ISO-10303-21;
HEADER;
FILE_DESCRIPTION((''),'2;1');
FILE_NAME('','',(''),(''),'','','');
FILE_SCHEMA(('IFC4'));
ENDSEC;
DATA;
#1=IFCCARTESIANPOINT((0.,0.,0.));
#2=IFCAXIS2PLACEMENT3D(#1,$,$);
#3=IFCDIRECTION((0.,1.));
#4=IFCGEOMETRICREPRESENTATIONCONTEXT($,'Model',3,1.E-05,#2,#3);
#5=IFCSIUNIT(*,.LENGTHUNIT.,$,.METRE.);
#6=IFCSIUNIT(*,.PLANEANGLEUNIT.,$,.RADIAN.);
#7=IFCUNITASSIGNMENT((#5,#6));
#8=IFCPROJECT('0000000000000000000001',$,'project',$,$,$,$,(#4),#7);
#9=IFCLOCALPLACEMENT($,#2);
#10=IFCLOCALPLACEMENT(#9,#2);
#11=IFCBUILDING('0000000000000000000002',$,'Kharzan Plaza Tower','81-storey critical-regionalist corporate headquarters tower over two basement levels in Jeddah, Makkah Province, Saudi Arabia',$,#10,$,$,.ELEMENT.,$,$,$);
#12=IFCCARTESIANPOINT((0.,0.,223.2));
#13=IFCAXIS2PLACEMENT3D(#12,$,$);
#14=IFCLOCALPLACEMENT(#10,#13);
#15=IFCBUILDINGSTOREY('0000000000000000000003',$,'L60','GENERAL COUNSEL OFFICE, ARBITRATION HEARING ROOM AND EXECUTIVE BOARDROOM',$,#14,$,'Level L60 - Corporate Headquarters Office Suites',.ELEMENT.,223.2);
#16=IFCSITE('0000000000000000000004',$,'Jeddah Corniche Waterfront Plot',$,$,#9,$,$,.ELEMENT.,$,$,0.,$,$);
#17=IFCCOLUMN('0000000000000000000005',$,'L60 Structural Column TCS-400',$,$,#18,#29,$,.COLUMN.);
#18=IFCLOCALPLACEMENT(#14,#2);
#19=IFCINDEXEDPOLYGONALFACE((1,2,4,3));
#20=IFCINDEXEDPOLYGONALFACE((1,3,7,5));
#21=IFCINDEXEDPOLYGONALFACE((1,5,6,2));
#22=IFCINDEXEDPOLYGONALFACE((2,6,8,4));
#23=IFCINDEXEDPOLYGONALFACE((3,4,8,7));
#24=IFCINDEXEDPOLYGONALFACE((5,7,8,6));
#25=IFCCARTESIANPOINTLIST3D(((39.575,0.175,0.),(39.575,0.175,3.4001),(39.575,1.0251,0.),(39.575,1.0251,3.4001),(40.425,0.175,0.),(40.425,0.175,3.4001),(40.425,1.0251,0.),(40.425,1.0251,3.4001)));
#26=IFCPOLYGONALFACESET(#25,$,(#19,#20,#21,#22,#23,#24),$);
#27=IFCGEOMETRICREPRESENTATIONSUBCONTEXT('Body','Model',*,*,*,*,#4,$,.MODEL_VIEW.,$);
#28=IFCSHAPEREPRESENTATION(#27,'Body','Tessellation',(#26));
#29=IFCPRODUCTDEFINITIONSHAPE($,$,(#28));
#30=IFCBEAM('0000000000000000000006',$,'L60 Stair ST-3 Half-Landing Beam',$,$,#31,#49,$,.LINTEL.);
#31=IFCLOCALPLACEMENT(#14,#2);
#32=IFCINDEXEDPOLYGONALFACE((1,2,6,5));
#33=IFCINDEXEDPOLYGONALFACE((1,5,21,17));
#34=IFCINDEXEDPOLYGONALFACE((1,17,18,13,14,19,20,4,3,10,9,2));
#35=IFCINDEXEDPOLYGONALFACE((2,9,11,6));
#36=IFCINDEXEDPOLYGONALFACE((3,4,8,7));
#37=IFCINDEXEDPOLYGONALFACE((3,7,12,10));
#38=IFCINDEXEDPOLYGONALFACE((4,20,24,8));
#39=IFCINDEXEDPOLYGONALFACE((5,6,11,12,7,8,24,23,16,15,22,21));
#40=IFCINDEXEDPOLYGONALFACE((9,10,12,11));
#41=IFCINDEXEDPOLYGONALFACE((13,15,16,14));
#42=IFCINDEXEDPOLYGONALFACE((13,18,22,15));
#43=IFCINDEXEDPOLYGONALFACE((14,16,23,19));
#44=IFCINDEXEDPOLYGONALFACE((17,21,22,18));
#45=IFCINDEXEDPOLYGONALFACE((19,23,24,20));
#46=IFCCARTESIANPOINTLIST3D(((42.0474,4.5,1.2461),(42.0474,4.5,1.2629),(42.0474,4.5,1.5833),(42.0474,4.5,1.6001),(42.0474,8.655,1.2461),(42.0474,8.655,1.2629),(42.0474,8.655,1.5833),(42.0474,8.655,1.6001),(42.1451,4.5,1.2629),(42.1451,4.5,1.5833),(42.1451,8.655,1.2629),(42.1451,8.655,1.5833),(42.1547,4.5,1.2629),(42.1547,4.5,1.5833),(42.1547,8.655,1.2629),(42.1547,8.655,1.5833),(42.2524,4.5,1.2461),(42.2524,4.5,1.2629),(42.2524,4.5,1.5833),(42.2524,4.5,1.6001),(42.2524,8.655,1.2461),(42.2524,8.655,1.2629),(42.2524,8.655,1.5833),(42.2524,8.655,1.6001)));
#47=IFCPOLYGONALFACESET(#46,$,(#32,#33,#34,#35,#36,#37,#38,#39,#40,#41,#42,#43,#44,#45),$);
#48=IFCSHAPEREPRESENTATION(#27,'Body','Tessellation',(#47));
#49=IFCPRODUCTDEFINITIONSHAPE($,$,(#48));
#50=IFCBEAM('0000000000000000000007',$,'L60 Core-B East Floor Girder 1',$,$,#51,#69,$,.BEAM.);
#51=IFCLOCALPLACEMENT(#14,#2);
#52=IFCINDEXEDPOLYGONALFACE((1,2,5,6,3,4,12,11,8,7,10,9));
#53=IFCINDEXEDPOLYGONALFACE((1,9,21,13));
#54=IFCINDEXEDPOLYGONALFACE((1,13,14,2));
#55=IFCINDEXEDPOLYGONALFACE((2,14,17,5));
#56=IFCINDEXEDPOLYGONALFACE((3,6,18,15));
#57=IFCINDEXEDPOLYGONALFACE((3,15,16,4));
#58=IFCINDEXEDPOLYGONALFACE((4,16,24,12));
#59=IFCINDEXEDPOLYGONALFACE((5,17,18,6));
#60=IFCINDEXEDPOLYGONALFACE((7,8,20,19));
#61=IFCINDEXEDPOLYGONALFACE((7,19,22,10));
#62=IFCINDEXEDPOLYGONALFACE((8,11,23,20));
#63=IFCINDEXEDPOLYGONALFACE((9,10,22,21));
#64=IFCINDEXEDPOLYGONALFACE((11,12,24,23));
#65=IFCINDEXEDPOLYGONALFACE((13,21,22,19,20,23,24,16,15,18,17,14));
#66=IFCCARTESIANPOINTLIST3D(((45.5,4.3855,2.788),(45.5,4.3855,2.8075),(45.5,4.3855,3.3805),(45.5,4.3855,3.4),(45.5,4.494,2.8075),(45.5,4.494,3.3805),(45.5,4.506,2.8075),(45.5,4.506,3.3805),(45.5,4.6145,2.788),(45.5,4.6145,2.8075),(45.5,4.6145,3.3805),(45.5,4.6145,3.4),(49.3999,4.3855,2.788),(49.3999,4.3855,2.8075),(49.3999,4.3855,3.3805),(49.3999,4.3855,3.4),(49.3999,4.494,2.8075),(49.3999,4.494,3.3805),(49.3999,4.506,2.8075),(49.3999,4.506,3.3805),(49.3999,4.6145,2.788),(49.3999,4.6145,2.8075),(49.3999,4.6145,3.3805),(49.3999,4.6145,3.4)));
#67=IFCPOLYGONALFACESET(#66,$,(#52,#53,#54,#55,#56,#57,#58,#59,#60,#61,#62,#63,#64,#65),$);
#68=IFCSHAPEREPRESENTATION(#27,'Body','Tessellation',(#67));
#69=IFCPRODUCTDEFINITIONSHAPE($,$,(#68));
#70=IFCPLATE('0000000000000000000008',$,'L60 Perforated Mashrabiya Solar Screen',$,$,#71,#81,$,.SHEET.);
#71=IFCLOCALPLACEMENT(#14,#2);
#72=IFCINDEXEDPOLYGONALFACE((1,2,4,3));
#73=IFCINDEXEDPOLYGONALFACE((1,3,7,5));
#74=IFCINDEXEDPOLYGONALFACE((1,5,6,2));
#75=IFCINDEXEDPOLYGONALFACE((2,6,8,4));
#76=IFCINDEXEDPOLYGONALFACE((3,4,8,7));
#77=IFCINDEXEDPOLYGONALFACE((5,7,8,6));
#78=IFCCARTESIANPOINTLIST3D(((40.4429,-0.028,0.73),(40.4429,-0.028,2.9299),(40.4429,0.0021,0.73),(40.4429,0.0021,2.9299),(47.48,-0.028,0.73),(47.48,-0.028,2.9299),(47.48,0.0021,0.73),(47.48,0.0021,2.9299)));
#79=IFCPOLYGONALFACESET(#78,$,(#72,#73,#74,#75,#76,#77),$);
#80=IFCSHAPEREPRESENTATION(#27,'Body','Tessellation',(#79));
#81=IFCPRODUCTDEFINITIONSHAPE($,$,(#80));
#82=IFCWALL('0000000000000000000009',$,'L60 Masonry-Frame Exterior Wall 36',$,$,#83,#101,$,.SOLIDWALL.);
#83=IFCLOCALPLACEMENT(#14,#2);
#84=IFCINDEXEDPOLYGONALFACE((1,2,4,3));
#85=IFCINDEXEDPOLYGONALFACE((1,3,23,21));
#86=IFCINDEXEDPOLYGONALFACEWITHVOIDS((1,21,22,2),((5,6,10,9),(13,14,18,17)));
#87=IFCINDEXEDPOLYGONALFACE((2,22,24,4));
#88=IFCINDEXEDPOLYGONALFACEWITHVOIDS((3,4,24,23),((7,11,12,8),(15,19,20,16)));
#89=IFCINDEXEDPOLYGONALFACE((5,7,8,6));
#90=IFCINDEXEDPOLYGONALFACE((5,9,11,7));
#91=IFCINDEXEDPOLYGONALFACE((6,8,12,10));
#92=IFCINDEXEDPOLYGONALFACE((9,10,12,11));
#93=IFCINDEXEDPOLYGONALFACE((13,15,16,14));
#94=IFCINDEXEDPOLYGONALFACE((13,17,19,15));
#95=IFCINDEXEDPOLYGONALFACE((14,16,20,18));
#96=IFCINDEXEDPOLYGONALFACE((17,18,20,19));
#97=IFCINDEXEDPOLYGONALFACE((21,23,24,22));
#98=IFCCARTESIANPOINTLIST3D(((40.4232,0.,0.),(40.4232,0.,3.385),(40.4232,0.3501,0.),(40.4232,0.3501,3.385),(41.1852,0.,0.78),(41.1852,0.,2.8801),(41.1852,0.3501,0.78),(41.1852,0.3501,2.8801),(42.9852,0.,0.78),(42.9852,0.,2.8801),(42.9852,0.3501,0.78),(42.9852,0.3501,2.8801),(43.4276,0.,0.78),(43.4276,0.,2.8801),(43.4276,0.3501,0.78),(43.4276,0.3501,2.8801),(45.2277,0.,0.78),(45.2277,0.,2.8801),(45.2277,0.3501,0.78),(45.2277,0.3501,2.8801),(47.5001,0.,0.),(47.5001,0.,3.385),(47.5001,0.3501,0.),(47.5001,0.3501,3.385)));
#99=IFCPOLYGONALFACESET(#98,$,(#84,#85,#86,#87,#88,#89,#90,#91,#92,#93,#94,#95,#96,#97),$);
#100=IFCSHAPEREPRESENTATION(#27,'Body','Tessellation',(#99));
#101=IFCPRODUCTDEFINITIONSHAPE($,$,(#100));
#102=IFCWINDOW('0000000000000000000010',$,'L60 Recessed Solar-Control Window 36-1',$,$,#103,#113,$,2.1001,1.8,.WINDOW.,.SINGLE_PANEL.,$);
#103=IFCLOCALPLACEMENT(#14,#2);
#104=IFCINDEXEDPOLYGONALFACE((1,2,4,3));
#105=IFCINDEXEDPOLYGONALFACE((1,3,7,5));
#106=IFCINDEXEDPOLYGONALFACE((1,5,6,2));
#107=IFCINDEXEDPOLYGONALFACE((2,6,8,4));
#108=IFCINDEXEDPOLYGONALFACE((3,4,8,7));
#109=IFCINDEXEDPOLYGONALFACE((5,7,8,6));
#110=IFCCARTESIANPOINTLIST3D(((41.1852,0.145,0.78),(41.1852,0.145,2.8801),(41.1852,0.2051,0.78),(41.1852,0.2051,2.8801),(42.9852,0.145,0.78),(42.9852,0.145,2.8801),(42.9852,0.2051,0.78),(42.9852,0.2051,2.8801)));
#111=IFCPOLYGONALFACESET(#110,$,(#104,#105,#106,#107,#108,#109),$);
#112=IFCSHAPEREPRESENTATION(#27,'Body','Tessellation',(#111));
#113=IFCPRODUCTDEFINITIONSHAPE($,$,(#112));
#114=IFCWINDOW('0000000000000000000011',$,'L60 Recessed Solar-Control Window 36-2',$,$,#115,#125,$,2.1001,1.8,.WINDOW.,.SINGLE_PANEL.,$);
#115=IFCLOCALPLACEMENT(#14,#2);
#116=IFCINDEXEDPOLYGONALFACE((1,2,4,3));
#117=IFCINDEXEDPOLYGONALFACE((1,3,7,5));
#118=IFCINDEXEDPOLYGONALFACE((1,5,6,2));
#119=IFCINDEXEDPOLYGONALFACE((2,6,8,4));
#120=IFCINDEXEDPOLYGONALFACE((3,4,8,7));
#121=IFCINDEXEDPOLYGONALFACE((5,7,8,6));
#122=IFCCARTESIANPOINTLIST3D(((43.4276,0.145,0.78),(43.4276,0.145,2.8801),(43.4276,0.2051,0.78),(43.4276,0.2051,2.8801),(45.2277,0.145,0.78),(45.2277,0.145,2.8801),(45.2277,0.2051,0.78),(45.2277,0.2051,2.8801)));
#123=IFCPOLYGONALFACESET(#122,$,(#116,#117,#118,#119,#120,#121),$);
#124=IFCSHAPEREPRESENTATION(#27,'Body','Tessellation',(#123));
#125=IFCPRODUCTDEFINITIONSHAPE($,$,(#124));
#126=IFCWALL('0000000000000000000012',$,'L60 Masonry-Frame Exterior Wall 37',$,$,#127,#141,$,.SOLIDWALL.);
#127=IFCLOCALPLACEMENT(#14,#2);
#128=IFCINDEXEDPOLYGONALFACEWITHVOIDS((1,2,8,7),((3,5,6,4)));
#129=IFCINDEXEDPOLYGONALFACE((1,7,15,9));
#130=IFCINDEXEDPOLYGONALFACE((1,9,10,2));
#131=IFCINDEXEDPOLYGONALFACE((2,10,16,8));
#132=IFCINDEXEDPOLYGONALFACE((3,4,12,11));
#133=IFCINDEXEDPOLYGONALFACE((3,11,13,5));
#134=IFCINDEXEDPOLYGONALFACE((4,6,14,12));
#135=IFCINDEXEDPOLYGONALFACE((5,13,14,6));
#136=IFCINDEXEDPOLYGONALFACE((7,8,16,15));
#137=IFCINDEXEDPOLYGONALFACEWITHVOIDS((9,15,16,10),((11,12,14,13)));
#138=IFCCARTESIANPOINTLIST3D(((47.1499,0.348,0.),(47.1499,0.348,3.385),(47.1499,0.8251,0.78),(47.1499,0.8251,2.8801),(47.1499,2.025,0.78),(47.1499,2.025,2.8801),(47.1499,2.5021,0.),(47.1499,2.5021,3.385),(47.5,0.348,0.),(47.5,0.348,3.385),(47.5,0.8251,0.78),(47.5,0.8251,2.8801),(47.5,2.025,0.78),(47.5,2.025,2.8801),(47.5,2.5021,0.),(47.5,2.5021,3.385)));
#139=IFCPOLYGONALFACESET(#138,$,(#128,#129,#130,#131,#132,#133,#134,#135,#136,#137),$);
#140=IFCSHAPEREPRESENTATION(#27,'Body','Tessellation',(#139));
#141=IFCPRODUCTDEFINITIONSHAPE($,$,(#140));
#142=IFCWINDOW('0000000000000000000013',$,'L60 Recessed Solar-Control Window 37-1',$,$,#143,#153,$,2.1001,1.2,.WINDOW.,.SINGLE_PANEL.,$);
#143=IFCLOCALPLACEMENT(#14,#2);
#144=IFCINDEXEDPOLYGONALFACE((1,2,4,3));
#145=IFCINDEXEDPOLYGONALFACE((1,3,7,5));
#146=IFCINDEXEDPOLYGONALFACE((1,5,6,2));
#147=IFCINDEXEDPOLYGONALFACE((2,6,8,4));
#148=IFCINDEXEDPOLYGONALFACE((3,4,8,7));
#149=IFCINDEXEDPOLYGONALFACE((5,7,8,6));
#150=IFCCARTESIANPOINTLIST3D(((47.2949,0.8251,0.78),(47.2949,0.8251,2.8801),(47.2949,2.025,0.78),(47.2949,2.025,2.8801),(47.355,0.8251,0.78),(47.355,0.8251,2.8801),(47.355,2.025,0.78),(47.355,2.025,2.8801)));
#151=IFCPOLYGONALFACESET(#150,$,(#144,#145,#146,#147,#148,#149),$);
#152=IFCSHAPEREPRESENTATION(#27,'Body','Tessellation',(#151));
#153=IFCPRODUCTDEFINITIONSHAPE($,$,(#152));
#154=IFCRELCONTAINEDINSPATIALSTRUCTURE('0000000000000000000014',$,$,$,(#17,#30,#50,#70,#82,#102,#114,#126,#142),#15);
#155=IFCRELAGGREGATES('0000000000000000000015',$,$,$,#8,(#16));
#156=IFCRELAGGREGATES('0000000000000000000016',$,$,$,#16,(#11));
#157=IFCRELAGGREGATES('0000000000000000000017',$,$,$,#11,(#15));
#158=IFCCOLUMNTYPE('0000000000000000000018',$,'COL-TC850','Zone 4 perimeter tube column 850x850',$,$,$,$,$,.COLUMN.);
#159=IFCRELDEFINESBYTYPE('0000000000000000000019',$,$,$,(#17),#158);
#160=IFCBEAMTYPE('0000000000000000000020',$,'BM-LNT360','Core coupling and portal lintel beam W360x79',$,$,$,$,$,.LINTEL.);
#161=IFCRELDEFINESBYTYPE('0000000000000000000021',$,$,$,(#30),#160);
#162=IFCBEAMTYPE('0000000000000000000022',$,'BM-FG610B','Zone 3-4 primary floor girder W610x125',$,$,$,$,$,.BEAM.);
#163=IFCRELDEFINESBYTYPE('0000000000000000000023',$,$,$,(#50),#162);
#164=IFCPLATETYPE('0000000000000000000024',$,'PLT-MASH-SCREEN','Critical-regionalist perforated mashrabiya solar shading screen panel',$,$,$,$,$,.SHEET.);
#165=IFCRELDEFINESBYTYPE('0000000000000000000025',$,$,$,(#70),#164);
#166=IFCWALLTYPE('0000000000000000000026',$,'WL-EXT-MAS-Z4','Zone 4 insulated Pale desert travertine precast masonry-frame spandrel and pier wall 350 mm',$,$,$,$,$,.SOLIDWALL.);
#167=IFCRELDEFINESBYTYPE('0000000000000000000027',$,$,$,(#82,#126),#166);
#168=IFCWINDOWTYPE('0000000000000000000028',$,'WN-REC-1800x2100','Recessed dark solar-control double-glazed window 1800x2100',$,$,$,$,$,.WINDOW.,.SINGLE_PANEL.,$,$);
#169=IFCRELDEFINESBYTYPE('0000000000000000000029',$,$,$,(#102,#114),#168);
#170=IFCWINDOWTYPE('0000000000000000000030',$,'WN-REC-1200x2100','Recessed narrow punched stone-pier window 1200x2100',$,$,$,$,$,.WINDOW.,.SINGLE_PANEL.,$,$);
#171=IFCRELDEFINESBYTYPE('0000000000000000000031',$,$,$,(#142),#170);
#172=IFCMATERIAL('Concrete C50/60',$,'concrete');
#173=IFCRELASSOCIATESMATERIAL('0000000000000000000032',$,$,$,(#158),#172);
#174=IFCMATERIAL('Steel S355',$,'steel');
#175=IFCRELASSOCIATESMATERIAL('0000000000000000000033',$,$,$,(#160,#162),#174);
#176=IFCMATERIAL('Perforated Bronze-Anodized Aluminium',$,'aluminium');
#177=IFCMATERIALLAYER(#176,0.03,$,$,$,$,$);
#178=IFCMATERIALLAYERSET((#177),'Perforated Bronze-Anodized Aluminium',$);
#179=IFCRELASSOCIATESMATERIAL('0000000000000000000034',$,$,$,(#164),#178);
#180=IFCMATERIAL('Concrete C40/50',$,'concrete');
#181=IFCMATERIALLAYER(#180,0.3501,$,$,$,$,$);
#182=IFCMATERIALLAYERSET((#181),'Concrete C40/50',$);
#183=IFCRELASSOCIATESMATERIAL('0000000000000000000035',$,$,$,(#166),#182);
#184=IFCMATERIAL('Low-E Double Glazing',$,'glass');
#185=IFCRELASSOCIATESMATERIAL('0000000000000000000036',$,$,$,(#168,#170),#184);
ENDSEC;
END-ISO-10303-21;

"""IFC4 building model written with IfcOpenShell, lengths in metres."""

from ifc_helpers import new_model, si_unit, direction, frame, frame_2d, origin, origin_2d, place, context, subcontext, project, spatial, rectangle, i_section, extrude, source, transform, mapped, material, layer, layer_set, material_profile, profile_set, type_object, element, fill, save


model = new_model("IFC4")

# Units and contexts
model_context = context("Model", 3, precision=1e-05, world=origin(), true_north=direction((0.0, 1.0)))
body_context = subcontext(model_context, "Body", "Model", "MODEL_VIEW")
ifc_project = project(units=[si_unit("LENGTHUNIT", "METRE"), si_unit("PLANEANGLEUNIT", "RADIAN")], contexts=[model_context])

# Site, building, storey
site_placement = place(None, origin())
site = spatial("IfcSite", under=ifc_project, at=site_placement, Name="Jeddah Corniche Waterfront Plot", CompositionType="ELEMENT", RefElevation=0.0)
building_placement = place(site_placement, origin())
building = spatial("IfcBuilding", under=site, at=building_placement, Name="Kharzan Plaza Tower", Description="81-storey critical-regionalist corporate headquarters tower over two basement levels in Jeddah, Makkah Province, Saudi Arabia", CompositionType="ELEMENT")
storey_placement = place(building_placement, frame((0.0, 0.0, 223.2)))
storey = spatial("IfcBuildingStorey", under=building, at=storey_placement, Name="L60", Description="GENERAL COUNSEL OFFICE, ARBITRATION HEARING ROOM AND EXECUTIVE BOARDROOM", LongName="Level L60 - Corporate Headquarters Office Suites", CompositionType="ELEMENT", Elevation=223.2)

# Column
ifc_material_1 = material(Name="Concrete C50/60", Category="concrete")
ifc_material_profile_1 = material_profile(ifc_material_1, rectangle(XDim=0.8501, YDim=0.8501, at=origin_2d()), Name="RC-TC850x850")
ifc_profile_set_1 = profile_set([ifc_material_profile_1], Name="Concrete C50/60")
column_type = type_object("IfcColumnType", Name="COL-TC850", Description="Zone 4 perimeter tube column 850x850", PredefinedType="COLUMN", material=ifc_profile_set_1)
shared_shape_1 = source(origin(), body_context, "Body", "SweptSolid", [
    extrude(rectangle(XDim=0.8501, YDim=0.8501, at=origin_2d()), origin(), (0.0, 0.0, 1.0), 3.4001),
])
column_placement = place(storey_placement, frame((40.0, 0.6001, 0.0), z_axis=(0.0, 0.0, 1.0), x_axis=(1.0, 0.0, 0.0)))
element("IfcColumn", 1, at=column_placement, inside=storey, type_object=column_type, Name="L60 Structural Column TCS-400", PredefinedType="COLUMN", context=body_context, shape_type="MappedRepresentation", body=[
    mapped(shared_shape_1, transform((0.0, 0.0, 0.0), x_axis=(1.0, 0.0, 0.0), y_axis=(0.0, 1.0, 0.0), z_axis=(0.0, 0.0, 1.0))),
])

# Beams
ifc_material_2 = material(Name="Steel S355", Category="steel")
ifc_material_profile_2 = material_profile(ifc_material_2, i_section(OverallWidth=0.2051, OverallDepth=0.354, WebThickness=0.0095, FlangeThickness=0.0168, at=origin_2d()), Name="W360x79")
ifc_profile_set_2 = profile_set([ifc_material_profile_2], Name="Steel S355")
beam_type_1 = type_object("IfcBeamType", Name="BM-LNT360", Description="Core coupling and portal lintel beam W360x79", PredefinedType="LINTEL", material=ifc_profile_set_2)
shared_shape_2 = source(origin(), body_context, "Body", "SweptSolid", [
    extrude(i_section(OverallWidth=0.2051, OverallDepth=0.354, WebThickness=0.0095, FlangeThickness=0.0168, at=origin_2d()), origin(), (0.0, 0.0, 1.0), 4.155),
])
beam_1_placement = place(storey_placement, frame((42.1499, 4.5, 1.4231), z_axis=(0.0, 1.0, 0.0), x_axis=(-1.0, 0.0, 0.0)))
element("IfcBeam", 2, at=beam_1_placement, inside=storey, type_object=beam_type_1, Name="L60 Stair ST-3 Half-Landing Beam", PredefinedType="LINTEL", context=body_context, shape_type="MappedRepresentation", body=[
    mapped(shared_shape_2, transform((0.0, 0.0, 0.0), x_axis=(1.0, 0.0, 0.0), y_axis=(0.0, 1.0, 0.0), z_axis=(0.0, 0.0, 1.0))),
])
ifc_material_profile_3 = material_profile(ifc_material_2, i_section(OverallWidth=0.229, OverallDepth=0.6121, WebThickness=0.012, FlangeThickness=0.0195, at=origin_2d()), Name="W610x125")
ifc_profile_set_3 = profile_set([ifc_material_profile_3], Name="Steel S355")
beam_type_2 = type_object("IfcBeamType", Name="BM-FG610B", Description="Zone 3-4 primary floor girder W610x125", PredefinedType="BEAM", material=ifc_profile_set_3)
shared_shape_3 = source(origin(), body_context, "Body", "SweptSolid", [
    extrude(i_section(OverallWidth=0.229, OverallDepth=0.6121, WebThickness=0.012, FlangeThickness=0.0195, at=origin_2d()), origin(), (0.0, 0.0, 1.0), 3.8999),
])
beam_2_placement = place(storey_placement, frame((45.5, 4.5, 3.094), z_axis=(1.0, 0.0, 0.0), x_axis=(0.0, 1.0, 0.0)))
element("IfcBeam", 3, at=beam_2_placement, inside=storey, type_object=beam_type_2, Name="L60 Core-B East Floor Girder 1", PredefinedType="BEAM", context=body_context, shape_type="MappedRepresentation", body=[
    mapped(shared_shape_3, transform((0.0, 0.0, 0.0), x_axis=(1.0, 0.0, 0.0), y_axis=(0.0, 1.0, 0.0), z_axis=(0.0, 0.0, 1.0))),
])

# Plate
ifc_material_3 = material(Name="Perforated Bronze-Anodized Aluminium", Category="aluminium")
ifc_layer_1 = layer(ifc_material_3, 0.03)
ifc_layer_set_1 = layer_set([ifc_layer_1], Name="Perforated Bronze-Anodized Aluminium")
plate_type = type_object("IfcPlateType", Name="PLT-MASH-SCREEN", Description="Critical-regionalist perforated mashrabiya solar shading screen panel", PredefinedType="SHEET", material=ifc_layer_set_1)
shared_shape_4 = source(origin(), body_context, "Body", "SweptSolid", [
    extrude(rectangle(XDim=7.0371, YDim=0.03, at=origin_2d()), origin(), (0.0, 0.0, 1.0), 2.2),
])
plate_placement = place(storey_placement, frame((43.9614, -0.0129, 0.73), z_axis=(0.0, 0.0, 1.0), x_axis=(1.0, 0.0, 0.0)))
element("IfcPlate", 4, at=plate_placement, inside=storey, type_object=plate_type, Name="L60 Perforated Mashrabiya Solar Screen", PredefinedType="SHEET", context=body_context, shape_type="MappedRepresentation", body=[
    mapped(shared_shape_4, transform((0.0, 0.0, 0.0), x_axis=(1.0, 0.0, 0.0), y_axis=(0.0, 1.0, 0.0), z_axis=(0.0, 0.0, 1.0))),
])

# Wall, openings, windows
ifc_material_4 = material(Name="Concrete C40/50", Category="concrete")
ifc_layer_2 = layer(ifc_material_4, 0.3501)
ifc_layer_set_2 = layer_set([ifc_layer_2], Name="Concrete C40/50")
wall_type_1 = type_object("IfcWallType", Name="WL-EXT-MAS-Z4", Description="Zone 4 insulated Pale desert travertine precast masonry-frame spandrel and pier wall 350 mm", PredefinedType="SOLIDWALL", material=ifc_layer_set_2)
wall_1_placement = place(storey_placement, frame((40.4231, 0.175, 0.0), z_axis=(0.0, 0.0, 1.0), x_axis=(1.0, 0.0, 0.0)))
wall_1 = element("IfcWall", 5, at=wall_1_placement, inside=storey, type_object=wall_type_1, Name="L60 Masonry-Frame Exterior Wall 36", PredefinedType="SOLIDWALL", context=body_context, shape_type="SweptSolid", body=[
    extrude(rectangle(XDim=7.0769, YDim=0.3501, at=frame_2d((3.5386, 0.0))), origin(), (0.0, 0.0, 1.0), 3.385),
])
opening_1_placement = place(wall_1_placement, frame((0.7622, 0.0, 0.78)))
opening_1 = element("IfcOpeningElement", 6, at=opening_1_placement, cuts=wall_1, PredefinedType="OPENING", context=body_context, shape_type="SweptSolid", body=[
    extrude(rectangle(XDim=1.8, YDim=2.1001, at=frame_2d((0.8999, 1.05))), frame((0.0, 0.1851, 0.0), z_axis=(0.0, -1.0, 0.0), x_axis=(1.0, 0.0, 0.0)), (0.0, 0.0, 1.0), 0.3701),
])
opening_2_placement = place(wall_1_placement, frame((3.0046, 0.0, 0.78)))
opening_2 = element("IfcOpeningElement", 7, at=opening_2_placement, cuts=wall_1, PredefinedType="OPENING", context=body_context, shape_type="SweptSolid", body=[
    extrude(rectangle(XDim=1.8, YDim=2.1001, at=frame_2d((0.8999, 1.05))), frame((0.0, 0.1851, 0.0), z_axis=(0.0, -1.0, 0.0), x_axis=(1.0, 0.0, 0.0)), (0.0, 0.0, 1.0), 0.3701),
])
ifc_material_5 = material(Name="Low-E Double Glazing", Category="glass")
window_type_1 = type_object("IfcWindowType", Name="WN-REC-1800x2100", Description="Recessed dark solar-control double-glazed window 1800x2100", PartitioningType="SINGLE_PANEL", PredefinedType="WINDOW", material=ifc_material_5)
shared_shape_5 = source(origin(), body_context, "Body", "SweptSolid", [
    extrude(rectangle(XDim=1.8, YDim=2.1001, at=frame_2d((0.8999, 1.05))), frame((0.0, 0.03, 0.0), z_axis=(0.0, -1.0, 0.0), x_axis=(1.0, 0.0, 0.0)), (0.0, 0.0, 1.0), 0.0601),
])
window_1_placement = place(opening_1_placement, origin())
window_1 = element("IfcWindow", 8, at=window_1_placement, inside=storey, type_object=window_type_1, Name="L60 Recessed Solar-Control Window 36-1", OverallHeight=2.1001, OverallWidth=1.8, PartitioningType="SINGLE_PANEL", PredefinedType="WINDOW", context=body_context, shape_type="MappedRepresentation", body=[
    mapped(shared_shape_5, transform((0.0, 0.0, 0.0), x_axis=(1.0, 0.0, 0.0), y_axis=(0.0, 1.0, 0.0), z_axis=(0.0, 0.0, 1.0))),
])
fill(opening_1, window_1)
window_2_placement = place(opening_2_placement, origin())
window_2 = element("IfcWindow", 9, at=window_2_placement, inside=storey, type_object=window_type_1, Name="L60 Recessed Solar-Control Window 36-2", OverallHeight=2.1001, OverallWidth=1.8, PartitioningType="SINGLE_PANEL", PredefinedType="WINDOW", context=body_context, shape_type="MappedRepresentation", body=[
    mapped(shared_shape_5, transform((0.0, 0.0, 0.0), x_axis=(1.0, 0.0, 0.0), y_axis=(0.0, 1.0, 0.0), z_axis=(0.0, 0.0, 1.0))),
])
fill(opening_2, window_2)

# Wall, opening, window
wall_2_placement = place(storey_placement, frame((47.325, 0.3479, 0.0), z_axis=(0.0, 0.0, 1.0), x_axis=(0.0, 1.0, 0.0)))
wall_2 = element("IfcWall", 10, at=wall_2_placement, inside=storey, type_object=wall_type_1, Name="L60 Masonry-Frame Exterior Wall 37", PredefinedType="SOLIDWALL", context=body_context, shape_type="SweptSolid", body=[
    extrude(rectangle(XDim=2.1541, YDim=0.3501, at=frame_2d((1.0771, 0.0))), origin(), (0.0, 0.0, 1.0), 3.385),
])
opening_3_placement = place(wall_2_placement, frame((0.4771, 0.0, 0.78)))
opening_3 = element("IfcOpeningElement", 11, at=opening_3_placement, cuts=wall_2, PredefinedType="OPENING", context=body_context, shape_type="SweptSolid", body=[
    extrude(rectangle(XDim=1.2, YDim=2.1001, at=frame_2d((0.6001, 1.05))), frame((0.0, 0.1851, 0.0), z_axis=(0.0, -1.0, 0.0), x_axis=(1.0, 0.0, 0.0)), (0.0, 0.0, 1.0), 0.3701),
])
window_type_2 = type_object("IfcWindowType", Name="WN-REC-1200x2100", Description="Recessed narrow punched stone-pier window 1200x2100", PartitioningType="SINGLE_PANEL", PredefinedType="WINDOW", material=ifc_material_5)
shared_shape_6 = source(origin(), body_context, "Body", "SweptSolid", [
    extrude(rectangle(XDim=1.2, YDim=2.1001, at=frame_2d((0.6001, 1.05))), frame((0.0, 0.03, 0.0), z_axis=(0.0, -1.0, 0.0), x_axis=(1.0, 0.0, 0.0)), (0.0, 0.0, 1.0), 0.0601),
])
window_3_placement = place(opening_3_placement, origin())
window_3 = element("IfcWindow", 12, at=window_3_placement, inside=storey, type_object=window_type_2, Name="L60 Recessed Solar-Control Window 37-1", OverallHeight=2.1001, OverallWidth=1.2, PartitioningType="SINGLE_PANEL", PredefinedType="WINDOW", context=body_context, shape_type="MappedRepresentation", body=[
    mapped(shared_shape_6, transform((0.0, 0.0, 0.0), x_axis=(1.0, 0.0, 0.0), y_axis=(0.0, 1.0, 0.0), z_axis=(0.0, 0.0, 1.0))),
])
fill(opening_3, window_3)

save(model, "model.ifc")
